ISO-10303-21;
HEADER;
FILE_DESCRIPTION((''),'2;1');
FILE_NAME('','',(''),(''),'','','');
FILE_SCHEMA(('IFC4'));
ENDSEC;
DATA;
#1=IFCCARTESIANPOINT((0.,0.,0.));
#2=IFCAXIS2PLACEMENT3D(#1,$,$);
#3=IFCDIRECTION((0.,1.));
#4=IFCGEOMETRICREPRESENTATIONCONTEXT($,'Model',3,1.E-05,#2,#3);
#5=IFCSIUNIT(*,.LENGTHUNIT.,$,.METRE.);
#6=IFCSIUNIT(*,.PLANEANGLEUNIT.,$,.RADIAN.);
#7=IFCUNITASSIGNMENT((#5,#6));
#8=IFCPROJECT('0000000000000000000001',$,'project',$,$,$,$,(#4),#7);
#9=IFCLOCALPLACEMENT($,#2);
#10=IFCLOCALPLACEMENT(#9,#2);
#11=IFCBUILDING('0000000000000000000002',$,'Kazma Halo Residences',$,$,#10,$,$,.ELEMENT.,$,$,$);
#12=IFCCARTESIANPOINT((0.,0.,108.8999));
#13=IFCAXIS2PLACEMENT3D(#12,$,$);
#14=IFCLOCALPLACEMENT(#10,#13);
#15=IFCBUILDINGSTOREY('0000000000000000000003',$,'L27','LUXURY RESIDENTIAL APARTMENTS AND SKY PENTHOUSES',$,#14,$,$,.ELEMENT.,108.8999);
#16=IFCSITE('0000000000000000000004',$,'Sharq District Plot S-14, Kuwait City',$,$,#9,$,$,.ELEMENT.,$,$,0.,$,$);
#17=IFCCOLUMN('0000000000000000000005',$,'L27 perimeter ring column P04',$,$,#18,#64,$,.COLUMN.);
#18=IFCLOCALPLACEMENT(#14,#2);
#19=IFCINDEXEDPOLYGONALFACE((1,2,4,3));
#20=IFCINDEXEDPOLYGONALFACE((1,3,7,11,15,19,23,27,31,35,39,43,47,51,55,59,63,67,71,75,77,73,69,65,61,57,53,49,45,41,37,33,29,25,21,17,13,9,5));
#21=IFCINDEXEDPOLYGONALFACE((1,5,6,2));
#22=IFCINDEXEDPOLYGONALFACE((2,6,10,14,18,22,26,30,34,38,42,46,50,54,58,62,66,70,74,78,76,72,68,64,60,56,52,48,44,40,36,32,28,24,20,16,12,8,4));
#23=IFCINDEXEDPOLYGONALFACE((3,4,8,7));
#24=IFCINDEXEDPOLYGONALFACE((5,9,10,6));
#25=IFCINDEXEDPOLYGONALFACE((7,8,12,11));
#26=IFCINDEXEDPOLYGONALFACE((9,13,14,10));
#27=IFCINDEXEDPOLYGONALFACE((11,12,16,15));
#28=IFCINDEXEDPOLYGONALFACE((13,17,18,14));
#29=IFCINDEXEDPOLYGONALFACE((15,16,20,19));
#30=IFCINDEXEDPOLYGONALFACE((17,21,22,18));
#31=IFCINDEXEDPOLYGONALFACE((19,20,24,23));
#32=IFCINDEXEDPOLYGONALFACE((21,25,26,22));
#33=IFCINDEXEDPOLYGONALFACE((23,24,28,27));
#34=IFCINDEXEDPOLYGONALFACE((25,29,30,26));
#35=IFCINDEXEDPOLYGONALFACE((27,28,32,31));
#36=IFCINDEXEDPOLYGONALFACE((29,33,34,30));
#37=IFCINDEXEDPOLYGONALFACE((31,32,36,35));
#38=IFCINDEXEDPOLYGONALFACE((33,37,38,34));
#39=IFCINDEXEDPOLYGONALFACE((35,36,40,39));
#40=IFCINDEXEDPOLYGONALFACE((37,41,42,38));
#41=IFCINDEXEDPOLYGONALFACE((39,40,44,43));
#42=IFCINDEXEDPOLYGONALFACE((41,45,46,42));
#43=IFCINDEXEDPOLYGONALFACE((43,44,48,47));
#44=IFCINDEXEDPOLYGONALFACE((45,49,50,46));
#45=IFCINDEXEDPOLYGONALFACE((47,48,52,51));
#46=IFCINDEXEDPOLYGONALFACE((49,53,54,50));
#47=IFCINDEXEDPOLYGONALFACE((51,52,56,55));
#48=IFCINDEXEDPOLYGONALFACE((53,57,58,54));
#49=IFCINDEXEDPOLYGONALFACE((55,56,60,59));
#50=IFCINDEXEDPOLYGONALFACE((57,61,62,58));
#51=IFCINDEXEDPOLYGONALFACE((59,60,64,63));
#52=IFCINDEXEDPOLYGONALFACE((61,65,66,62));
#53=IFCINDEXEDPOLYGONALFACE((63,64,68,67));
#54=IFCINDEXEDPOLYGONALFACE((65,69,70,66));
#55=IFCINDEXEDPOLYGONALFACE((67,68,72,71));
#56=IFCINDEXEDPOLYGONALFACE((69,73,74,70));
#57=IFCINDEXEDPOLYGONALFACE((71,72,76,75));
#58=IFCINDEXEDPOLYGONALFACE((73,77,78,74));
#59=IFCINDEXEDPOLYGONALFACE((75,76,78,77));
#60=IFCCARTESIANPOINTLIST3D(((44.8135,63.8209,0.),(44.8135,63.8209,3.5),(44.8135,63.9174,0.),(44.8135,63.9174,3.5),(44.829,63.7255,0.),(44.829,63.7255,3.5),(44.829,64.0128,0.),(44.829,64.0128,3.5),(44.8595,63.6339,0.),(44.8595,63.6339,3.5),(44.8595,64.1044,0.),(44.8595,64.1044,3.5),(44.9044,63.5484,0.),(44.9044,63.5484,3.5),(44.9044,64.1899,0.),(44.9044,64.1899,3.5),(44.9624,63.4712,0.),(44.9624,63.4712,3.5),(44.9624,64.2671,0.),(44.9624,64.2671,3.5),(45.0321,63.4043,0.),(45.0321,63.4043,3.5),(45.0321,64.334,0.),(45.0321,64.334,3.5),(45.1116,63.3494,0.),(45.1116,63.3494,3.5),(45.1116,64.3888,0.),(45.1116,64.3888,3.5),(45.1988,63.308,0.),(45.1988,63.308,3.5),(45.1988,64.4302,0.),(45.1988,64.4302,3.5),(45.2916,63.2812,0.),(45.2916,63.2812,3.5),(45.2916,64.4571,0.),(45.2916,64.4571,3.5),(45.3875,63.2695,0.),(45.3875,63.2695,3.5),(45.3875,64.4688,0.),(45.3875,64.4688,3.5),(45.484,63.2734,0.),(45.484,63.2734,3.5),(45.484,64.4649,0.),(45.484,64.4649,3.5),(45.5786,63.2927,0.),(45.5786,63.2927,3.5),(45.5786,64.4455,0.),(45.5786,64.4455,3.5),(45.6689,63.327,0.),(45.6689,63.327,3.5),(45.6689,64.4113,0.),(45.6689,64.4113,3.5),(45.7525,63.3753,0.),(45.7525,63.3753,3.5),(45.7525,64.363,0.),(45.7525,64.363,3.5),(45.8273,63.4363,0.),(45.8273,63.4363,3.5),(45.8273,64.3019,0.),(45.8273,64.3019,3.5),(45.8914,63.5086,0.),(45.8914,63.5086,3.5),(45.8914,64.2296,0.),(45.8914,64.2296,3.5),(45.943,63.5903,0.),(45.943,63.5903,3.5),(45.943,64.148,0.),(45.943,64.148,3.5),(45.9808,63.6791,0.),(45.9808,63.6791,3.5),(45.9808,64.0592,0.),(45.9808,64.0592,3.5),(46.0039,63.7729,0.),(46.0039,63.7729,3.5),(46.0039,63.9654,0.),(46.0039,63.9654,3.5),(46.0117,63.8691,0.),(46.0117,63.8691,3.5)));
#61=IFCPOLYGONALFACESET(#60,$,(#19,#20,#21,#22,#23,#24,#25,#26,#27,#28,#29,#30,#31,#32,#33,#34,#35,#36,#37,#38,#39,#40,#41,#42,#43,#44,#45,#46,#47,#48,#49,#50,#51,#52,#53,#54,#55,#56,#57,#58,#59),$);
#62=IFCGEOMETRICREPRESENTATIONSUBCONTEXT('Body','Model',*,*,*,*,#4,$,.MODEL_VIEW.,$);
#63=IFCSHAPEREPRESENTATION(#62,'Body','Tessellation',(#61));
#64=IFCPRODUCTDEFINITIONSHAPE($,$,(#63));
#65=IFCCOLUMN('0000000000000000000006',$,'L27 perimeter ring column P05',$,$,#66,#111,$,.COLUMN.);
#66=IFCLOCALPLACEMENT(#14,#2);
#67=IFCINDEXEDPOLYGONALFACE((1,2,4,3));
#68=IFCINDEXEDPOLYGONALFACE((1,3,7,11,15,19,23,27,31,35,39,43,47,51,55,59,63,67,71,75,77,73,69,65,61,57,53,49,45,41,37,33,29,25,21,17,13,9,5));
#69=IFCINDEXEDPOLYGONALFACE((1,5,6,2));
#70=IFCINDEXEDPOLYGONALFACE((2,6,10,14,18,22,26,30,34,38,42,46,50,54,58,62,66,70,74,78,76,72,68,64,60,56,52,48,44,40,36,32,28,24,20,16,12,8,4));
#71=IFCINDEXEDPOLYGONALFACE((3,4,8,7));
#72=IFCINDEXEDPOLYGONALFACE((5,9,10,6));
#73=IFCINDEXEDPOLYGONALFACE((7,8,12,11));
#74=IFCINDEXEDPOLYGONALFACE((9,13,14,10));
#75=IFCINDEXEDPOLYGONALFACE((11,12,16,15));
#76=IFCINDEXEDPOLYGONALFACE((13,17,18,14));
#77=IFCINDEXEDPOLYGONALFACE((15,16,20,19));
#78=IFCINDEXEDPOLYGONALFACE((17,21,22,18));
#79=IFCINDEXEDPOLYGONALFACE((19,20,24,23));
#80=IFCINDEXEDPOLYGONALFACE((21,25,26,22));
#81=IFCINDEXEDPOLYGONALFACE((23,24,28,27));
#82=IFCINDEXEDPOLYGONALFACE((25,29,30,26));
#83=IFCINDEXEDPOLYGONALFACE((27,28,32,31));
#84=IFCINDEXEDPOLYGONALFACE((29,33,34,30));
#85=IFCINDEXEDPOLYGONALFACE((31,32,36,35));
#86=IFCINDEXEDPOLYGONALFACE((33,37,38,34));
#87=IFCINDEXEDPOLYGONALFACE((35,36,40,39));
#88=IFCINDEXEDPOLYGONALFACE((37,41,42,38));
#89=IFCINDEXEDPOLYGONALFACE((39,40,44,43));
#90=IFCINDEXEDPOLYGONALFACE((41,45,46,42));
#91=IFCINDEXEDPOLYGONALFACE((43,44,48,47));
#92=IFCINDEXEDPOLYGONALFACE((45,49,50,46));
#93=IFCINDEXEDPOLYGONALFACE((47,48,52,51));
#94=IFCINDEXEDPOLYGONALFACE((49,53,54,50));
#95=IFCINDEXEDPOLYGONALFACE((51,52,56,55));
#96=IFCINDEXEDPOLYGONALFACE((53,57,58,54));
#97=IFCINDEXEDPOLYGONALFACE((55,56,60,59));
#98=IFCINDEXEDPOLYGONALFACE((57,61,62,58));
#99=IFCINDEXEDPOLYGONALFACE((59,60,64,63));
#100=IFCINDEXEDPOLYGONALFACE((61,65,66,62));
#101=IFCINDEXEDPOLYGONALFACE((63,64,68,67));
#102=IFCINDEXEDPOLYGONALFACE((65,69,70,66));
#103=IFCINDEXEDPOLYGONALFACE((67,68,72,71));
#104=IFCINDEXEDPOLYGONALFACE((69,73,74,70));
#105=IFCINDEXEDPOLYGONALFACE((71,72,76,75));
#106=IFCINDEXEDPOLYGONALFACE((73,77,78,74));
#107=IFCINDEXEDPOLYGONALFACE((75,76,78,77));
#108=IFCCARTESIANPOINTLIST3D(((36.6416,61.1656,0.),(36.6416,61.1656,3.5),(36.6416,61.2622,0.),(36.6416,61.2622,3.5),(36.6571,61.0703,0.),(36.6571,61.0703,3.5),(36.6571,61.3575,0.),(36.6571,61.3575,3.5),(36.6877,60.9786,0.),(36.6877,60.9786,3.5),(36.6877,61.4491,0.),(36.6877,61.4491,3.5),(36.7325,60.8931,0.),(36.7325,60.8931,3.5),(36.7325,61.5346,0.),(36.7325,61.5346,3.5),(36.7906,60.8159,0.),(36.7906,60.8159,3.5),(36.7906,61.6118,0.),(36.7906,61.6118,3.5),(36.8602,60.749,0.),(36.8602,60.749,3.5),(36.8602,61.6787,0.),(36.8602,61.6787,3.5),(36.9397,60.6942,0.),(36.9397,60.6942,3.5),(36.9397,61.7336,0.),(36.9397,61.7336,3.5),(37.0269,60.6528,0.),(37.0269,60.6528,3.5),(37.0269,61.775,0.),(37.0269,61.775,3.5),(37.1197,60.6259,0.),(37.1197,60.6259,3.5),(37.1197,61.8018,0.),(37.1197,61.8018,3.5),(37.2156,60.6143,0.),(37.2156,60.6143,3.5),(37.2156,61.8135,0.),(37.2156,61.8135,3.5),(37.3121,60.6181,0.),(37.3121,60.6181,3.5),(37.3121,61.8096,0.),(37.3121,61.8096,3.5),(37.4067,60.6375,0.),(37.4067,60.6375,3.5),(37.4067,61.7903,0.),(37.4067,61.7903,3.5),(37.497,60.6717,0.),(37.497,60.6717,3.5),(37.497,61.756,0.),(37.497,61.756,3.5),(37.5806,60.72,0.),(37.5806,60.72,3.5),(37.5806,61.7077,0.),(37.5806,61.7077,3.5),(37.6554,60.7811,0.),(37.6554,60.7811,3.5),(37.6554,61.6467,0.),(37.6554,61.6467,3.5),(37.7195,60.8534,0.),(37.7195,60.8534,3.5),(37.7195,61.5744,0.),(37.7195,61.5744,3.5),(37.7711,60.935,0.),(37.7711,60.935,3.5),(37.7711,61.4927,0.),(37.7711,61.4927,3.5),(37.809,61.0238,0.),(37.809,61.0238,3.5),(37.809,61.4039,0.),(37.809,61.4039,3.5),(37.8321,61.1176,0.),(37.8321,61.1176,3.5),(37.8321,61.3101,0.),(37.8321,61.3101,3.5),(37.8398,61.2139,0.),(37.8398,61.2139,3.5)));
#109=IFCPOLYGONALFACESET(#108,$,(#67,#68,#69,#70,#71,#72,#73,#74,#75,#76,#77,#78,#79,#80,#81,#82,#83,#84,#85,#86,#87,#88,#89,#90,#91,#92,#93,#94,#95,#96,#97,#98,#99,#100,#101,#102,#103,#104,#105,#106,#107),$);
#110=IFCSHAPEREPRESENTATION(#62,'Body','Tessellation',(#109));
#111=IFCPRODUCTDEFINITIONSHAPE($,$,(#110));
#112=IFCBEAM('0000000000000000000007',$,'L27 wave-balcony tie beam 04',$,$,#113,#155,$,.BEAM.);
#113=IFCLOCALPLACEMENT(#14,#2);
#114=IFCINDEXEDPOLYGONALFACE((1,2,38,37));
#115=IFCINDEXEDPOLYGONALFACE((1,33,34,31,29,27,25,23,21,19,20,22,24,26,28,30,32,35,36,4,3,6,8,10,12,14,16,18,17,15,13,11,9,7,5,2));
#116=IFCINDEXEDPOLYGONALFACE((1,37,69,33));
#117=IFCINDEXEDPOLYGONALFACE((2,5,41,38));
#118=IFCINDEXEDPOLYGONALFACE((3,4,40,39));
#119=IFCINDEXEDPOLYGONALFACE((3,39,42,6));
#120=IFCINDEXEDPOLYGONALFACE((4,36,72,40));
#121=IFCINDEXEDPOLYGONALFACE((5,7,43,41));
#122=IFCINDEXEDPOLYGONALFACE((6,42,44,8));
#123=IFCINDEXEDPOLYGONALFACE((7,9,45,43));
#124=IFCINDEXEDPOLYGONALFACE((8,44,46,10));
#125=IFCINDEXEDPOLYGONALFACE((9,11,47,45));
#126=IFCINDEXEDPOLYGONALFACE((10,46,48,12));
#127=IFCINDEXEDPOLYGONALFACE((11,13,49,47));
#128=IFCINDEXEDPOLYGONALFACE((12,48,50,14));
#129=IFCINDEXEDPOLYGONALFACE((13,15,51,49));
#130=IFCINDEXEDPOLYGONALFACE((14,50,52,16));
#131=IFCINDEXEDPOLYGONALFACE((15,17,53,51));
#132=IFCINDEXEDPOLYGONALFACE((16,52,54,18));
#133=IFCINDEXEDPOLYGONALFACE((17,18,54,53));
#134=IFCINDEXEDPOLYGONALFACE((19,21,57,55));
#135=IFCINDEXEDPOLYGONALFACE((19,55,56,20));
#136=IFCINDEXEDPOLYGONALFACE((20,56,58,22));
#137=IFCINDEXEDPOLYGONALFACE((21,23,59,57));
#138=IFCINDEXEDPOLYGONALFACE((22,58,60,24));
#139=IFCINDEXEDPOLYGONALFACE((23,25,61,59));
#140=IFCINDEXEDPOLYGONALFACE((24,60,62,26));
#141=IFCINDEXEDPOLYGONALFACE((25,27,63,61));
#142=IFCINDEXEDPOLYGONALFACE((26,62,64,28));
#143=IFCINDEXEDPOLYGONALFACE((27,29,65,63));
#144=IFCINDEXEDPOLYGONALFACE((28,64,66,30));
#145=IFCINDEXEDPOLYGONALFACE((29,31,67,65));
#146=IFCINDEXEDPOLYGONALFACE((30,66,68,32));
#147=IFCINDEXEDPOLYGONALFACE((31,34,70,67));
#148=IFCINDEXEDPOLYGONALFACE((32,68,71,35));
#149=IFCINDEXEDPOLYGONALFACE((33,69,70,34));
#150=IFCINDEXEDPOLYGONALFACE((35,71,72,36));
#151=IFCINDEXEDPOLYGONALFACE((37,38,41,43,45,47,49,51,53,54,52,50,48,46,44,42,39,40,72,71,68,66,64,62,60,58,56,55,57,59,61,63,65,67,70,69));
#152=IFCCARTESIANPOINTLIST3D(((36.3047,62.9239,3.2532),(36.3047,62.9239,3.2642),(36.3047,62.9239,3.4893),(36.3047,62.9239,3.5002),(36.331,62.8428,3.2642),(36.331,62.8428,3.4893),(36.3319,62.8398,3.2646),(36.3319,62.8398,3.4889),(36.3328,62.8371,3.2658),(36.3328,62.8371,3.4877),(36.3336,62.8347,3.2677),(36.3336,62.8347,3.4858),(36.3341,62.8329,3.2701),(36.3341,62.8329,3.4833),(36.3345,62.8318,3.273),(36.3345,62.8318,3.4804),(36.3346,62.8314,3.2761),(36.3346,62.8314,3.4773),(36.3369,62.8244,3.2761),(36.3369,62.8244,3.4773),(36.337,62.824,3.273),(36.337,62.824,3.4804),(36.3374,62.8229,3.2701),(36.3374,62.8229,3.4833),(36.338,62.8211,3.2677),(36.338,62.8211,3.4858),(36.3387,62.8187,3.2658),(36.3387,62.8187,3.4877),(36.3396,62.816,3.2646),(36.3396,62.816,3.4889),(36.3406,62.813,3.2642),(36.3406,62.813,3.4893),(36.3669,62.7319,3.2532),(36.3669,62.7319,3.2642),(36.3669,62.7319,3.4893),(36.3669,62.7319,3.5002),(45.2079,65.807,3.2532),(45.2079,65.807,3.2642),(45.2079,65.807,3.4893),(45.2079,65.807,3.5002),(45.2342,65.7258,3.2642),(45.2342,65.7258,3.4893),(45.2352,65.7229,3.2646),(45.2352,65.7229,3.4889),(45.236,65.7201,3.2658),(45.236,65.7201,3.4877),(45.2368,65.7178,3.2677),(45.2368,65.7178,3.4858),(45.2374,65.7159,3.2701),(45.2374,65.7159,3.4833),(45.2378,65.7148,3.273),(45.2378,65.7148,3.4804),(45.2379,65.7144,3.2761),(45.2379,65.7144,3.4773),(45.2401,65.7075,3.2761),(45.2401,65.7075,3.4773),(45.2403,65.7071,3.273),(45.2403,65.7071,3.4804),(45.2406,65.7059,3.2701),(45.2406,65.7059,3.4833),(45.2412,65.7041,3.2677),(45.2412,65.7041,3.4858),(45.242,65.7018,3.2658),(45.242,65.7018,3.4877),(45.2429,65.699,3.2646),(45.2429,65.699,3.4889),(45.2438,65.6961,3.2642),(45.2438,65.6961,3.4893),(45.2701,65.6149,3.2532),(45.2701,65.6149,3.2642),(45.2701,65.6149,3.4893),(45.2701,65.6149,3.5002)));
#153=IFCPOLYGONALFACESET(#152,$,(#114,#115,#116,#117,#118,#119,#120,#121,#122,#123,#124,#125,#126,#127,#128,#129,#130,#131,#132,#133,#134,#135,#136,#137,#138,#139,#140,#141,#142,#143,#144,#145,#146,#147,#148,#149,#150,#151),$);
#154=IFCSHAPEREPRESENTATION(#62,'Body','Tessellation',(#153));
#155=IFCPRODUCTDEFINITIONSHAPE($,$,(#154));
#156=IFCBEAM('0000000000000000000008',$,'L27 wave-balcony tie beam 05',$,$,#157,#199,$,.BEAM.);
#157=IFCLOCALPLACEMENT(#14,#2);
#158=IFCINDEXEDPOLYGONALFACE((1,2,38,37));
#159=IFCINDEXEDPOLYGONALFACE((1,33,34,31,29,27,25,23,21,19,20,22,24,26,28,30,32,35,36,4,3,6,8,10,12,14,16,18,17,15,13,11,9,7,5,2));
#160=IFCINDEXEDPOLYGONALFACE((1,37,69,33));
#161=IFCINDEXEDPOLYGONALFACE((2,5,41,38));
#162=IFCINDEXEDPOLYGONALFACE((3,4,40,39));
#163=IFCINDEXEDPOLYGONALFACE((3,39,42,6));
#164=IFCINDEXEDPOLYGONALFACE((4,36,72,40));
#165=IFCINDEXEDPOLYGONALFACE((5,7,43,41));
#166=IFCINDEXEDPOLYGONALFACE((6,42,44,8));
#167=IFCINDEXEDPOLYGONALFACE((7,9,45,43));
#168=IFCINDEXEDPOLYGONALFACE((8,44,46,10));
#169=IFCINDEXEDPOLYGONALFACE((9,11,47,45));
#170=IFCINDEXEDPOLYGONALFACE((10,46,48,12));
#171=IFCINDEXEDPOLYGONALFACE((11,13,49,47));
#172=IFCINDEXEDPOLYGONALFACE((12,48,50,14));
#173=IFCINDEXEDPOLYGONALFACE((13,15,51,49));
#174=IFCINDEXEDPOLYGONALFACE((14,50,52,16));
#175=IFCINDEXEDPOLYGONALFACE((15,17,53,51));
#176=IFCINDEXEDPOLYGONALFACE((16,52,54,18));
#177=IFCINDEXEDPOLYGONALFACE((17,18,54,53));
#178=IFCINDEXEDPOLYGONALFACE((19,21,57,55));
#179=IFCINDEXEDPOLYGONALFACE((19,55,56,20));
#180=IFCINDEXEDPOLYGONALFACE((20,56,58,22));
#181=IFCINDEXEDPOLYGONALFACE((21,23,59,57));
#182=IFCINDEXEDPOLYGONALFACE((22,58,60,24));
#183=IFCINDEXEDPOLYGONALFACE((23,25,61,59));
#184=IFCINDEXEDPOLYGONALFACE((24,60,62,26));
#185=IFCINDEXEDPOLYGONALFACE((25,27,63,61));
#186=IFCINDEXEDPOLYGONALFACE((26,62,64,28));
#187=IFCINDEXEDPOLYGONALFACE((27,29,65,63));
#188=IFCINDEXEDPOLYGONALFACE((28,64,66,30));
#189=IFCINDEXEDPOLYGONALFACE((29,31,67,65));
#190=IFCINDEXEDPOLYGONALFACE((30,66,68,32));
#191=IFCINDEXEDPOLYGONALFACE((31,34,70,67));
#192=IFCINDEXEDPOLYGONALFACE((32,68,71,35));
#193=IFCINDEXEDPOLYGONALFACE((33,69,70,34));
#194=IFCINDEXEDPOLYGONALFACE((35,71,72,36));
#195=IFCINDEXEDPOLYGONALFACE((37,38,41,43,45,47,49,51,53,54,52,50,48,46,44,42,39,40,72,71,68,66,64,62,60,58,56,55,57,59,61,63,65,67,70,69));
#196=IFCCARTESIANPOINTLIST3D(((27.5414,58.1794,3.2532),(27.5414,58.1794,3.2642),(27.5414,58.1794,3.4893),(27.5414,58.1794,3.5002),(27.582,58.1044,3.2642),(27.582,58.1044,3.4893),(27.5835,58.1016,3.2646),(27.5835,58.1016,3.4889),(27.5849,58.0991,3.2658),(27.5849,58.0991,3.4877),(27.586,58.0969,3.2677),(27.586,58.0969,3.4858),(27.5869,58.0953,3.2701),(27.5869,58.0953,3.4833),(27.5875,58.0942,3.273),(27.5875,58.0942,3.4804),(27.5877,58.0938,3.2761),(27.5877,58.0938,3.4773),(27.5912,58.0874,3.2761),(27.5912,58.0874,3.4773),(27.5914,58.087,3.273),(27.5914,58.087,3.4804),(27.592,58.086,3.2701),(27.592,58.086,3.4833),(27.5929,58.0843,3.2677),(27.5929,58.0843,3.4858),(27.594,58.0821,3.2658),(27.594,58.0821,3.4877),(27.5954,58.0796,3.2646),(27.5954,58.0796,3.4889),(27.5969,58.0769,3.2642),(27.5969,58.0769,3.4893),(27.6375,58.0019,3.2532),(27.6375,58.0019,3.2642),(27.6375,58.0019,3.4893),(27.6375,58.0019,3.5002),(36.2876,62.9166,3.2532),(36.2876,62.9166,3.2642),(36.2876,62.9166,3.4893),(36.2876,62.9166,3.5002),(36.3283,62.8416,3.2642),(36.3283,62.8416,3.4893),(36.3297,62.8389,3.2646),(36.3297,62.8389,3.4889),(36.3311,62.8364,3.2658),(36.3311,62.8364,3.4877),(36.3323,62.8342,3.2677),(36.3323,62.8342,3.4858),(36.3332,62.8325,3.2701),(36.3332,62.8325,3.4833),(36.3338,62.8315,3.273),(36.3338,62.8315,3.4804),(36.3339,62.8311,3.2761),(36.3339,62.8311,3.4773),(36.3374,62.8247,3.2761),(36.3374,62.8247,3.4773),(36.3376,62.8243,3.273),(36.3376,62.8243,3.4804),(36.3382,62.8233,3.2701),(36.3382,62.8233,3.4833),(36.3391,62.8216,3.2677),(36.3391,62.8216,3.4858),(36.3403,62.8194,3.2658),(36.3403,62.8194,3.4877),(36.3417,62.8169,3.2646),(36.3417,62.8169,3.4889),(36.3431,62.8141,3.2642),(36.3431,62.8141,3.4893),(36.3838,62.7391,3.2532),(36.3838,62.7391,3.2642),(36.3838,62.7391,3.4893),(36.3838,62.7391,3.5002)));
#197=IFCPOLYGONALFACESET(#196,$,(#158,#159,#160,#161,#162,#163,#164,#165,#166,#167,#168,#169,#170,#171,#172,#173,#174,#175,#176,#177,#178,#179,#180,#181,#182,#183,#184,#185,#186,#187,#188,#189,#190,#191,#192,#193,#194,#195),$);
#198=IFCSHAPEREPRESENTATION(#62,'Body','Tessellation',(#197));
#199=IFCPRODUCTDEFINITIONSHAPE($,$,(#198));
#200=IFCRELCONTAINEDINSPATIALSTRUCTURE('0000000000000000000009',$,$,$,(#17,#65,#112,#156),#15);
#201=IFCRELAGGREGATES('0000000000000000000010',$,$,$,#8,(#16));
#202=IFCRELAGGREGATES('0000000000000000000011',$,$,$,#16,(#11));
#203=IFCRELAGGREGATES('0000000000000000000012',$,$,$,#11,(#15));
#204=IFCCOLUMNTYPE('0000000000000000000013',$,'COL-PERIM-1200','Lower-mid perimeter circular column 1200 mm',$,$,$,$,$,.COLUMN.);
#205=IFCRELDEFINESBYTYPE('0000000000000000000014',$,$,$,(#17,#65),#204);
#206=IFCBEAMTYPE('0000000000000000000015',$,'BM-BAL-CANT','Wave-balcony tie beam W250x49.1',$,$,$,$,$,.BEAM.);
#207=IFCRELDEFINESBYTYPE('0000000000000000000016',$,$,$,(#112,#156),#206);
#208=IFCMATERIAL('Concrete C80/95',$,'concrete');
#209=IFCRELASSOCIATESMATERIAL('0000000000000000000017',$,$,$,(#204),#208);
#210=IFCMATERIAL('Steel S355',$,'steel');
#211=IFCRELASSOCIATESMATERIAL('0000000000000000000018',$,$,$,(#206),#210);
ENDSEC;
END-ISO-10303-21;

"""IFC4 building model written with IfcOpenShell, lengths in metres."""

from ifc_helpers import new_model, si_unit, direction, frame, origin, origin_2d, place, context, subcontext, project, spatial, circle, i_section, extrude, material, material_profile, profile_set, type_object, element, save


model = new_model("IFC4")

# Units and contexts
model_context = context("Model", 3, precision=1e-05, world=origin(), true_north=direction((0.0, 1.0)))
body_context = subcontext(model_context, "Body", "Model", "MODEL_VIEW")
ifc_project = project(units=[si_unit("LENGTHUNIT", "METRE"), si_unit("PLANEANGLEUNIT", "RADIAN")], contexts=[model_context])

# Site, building, storey
site_placement = place(None, origin())
site = spatial("IfcSite", under=ifc_project, at=site_placement, Name="Sharq District Plot S-14, Kuwait City", CompositionType="ELEMENT", RefElevation=0.0)
building_placement = place(site_placement, origin())
building = spatial("IfcBuilding", under=site, at=building_placement, Name="Kazma Halo Residences", CompositionType="ELEMENT")
storey_placement = place(building_placement, frame((0.0, 0.0, 108.8999)))
storey = spatial("IfcBuildingStorey", under=building, at=storey_placement, Name="L27", Description="LUXURY RESIDENTIAL APARTMENTS AND SKY PENTHOUSES", CompositionType="ELEMENT", Elevation=108.8999)

# Columns
ifc_material_1 = material(Name="Concrete C80/95", Category="concrete")
ifc_material_profile_1 = material_profile(ifc_material_1, circle(Radius=0.6001, at=origin_2d()), Name="CIRC1200")
ifc_profile_set_1 = profile_set([ifc_material_profile_1], Name="Concrete C80/95")
column_type = type_object("IfcColumnType", Name="COL-PERIM-1200", Description="Lower-mid perimeter circular column 1200 mm", PredefinedType="COLUMN", material=ifc_profile_set_1)
for number, where, z_axis, x_axis, name in (
    (1, (45.4116, 63.8691, 0.0), (0.0, 0.0, 1.0), (1.0, 0.0, 0.0), "L27 perimeter ring column P04"),
    (2, (37.2397, 61.2139, 0.0), (0.0, 0.0, 1.0), (1.0, 0.0, 0.0), "L27 perimeter ring column P05"),
):
    element("IfcColumn", number, at=place(storey_placement, frame(where, z_axis=z_axis, x_axis=x_axis)), inside=storey, type_object=column_type, Name=name, PredefinedType="COLUMN", context=body_context, shape_type="SweptSolid", body=[
        extrude(circle(Radius=0.6001, at=origin_2d()), origin(), (0.0, 0.0, 1.0), 3.5),
    ])

# Beams
ifc_material_2 = material(Name="Steel S355", Category="steel")
ifc_material_profile_2 = material_profile(ifc_material_2, i_section(OverallWidth=0.2019, OverallDepth=0.2471, WebThickness=0.0073, FlangeThickness=0.011, FilletRadius=0.012, at=origin_2d()), Name="W250x49.1")
ifc_profile_set_2 = profile_set([ifc_material_profile_2], Name="Steel S355")
beam_type_1 = type_object("IfcBeamType", Name="BM-BAL-CANT", Description="Wave-balcony tie beam W250x49.1", PredefinedType="BEAM", material=ifc_profile_set_2)
beam_1_placement = place(storey_placement, frame((45.239, 65.7109, 3.3767), z_axis=(-0.951364, -0.308069, 0.0), x_axis=(0.308069, -0.951364, 0.0)))
element("IfcBeam", 3, at=beam_1_placement, inside=storey, type_object=beam_type_1, Name="L27 wave-balcony tie beam 04", PredefinedType="BEAM", context=body_context, shape_type="SweptSolid", body=[
    extrude(i_section(OverallWidth=0.2019, OverallDepth=0.2471, WebThickness=0.0073, FlangeThickness=0.011, FilletRadius=0.012, at=origin_2d()), origin(), (0.0, 0.0, 1.0), 9.3584),
])
beam_2_placement = place(storey_placement, frame((36.3357, 62.8279, 3.3767), z_axis=(-0.879304, -0.47626, 0.0), x_axis=(0.47626, -0.879304, 0.0)))
element("IfcBeam", 4, at=beam_2_placement, inside=storey, type_object=beam_type_1, Name="L27 wave-balcony tie beam 05", PredefinedType="BEAM", context=body_context, shape_type="SweptSolid", body=[
    extrude(i_section(OverallWidth=0.2019, OverallDepth=0.2471, WebThickness=0.0073, FlangeThickness=0.011, FilletRadius=0.012, at=origin_2d()), origin(), (0.0, 0.0, 1.0), 9.9468),
])

save(model, "model.ifc")
